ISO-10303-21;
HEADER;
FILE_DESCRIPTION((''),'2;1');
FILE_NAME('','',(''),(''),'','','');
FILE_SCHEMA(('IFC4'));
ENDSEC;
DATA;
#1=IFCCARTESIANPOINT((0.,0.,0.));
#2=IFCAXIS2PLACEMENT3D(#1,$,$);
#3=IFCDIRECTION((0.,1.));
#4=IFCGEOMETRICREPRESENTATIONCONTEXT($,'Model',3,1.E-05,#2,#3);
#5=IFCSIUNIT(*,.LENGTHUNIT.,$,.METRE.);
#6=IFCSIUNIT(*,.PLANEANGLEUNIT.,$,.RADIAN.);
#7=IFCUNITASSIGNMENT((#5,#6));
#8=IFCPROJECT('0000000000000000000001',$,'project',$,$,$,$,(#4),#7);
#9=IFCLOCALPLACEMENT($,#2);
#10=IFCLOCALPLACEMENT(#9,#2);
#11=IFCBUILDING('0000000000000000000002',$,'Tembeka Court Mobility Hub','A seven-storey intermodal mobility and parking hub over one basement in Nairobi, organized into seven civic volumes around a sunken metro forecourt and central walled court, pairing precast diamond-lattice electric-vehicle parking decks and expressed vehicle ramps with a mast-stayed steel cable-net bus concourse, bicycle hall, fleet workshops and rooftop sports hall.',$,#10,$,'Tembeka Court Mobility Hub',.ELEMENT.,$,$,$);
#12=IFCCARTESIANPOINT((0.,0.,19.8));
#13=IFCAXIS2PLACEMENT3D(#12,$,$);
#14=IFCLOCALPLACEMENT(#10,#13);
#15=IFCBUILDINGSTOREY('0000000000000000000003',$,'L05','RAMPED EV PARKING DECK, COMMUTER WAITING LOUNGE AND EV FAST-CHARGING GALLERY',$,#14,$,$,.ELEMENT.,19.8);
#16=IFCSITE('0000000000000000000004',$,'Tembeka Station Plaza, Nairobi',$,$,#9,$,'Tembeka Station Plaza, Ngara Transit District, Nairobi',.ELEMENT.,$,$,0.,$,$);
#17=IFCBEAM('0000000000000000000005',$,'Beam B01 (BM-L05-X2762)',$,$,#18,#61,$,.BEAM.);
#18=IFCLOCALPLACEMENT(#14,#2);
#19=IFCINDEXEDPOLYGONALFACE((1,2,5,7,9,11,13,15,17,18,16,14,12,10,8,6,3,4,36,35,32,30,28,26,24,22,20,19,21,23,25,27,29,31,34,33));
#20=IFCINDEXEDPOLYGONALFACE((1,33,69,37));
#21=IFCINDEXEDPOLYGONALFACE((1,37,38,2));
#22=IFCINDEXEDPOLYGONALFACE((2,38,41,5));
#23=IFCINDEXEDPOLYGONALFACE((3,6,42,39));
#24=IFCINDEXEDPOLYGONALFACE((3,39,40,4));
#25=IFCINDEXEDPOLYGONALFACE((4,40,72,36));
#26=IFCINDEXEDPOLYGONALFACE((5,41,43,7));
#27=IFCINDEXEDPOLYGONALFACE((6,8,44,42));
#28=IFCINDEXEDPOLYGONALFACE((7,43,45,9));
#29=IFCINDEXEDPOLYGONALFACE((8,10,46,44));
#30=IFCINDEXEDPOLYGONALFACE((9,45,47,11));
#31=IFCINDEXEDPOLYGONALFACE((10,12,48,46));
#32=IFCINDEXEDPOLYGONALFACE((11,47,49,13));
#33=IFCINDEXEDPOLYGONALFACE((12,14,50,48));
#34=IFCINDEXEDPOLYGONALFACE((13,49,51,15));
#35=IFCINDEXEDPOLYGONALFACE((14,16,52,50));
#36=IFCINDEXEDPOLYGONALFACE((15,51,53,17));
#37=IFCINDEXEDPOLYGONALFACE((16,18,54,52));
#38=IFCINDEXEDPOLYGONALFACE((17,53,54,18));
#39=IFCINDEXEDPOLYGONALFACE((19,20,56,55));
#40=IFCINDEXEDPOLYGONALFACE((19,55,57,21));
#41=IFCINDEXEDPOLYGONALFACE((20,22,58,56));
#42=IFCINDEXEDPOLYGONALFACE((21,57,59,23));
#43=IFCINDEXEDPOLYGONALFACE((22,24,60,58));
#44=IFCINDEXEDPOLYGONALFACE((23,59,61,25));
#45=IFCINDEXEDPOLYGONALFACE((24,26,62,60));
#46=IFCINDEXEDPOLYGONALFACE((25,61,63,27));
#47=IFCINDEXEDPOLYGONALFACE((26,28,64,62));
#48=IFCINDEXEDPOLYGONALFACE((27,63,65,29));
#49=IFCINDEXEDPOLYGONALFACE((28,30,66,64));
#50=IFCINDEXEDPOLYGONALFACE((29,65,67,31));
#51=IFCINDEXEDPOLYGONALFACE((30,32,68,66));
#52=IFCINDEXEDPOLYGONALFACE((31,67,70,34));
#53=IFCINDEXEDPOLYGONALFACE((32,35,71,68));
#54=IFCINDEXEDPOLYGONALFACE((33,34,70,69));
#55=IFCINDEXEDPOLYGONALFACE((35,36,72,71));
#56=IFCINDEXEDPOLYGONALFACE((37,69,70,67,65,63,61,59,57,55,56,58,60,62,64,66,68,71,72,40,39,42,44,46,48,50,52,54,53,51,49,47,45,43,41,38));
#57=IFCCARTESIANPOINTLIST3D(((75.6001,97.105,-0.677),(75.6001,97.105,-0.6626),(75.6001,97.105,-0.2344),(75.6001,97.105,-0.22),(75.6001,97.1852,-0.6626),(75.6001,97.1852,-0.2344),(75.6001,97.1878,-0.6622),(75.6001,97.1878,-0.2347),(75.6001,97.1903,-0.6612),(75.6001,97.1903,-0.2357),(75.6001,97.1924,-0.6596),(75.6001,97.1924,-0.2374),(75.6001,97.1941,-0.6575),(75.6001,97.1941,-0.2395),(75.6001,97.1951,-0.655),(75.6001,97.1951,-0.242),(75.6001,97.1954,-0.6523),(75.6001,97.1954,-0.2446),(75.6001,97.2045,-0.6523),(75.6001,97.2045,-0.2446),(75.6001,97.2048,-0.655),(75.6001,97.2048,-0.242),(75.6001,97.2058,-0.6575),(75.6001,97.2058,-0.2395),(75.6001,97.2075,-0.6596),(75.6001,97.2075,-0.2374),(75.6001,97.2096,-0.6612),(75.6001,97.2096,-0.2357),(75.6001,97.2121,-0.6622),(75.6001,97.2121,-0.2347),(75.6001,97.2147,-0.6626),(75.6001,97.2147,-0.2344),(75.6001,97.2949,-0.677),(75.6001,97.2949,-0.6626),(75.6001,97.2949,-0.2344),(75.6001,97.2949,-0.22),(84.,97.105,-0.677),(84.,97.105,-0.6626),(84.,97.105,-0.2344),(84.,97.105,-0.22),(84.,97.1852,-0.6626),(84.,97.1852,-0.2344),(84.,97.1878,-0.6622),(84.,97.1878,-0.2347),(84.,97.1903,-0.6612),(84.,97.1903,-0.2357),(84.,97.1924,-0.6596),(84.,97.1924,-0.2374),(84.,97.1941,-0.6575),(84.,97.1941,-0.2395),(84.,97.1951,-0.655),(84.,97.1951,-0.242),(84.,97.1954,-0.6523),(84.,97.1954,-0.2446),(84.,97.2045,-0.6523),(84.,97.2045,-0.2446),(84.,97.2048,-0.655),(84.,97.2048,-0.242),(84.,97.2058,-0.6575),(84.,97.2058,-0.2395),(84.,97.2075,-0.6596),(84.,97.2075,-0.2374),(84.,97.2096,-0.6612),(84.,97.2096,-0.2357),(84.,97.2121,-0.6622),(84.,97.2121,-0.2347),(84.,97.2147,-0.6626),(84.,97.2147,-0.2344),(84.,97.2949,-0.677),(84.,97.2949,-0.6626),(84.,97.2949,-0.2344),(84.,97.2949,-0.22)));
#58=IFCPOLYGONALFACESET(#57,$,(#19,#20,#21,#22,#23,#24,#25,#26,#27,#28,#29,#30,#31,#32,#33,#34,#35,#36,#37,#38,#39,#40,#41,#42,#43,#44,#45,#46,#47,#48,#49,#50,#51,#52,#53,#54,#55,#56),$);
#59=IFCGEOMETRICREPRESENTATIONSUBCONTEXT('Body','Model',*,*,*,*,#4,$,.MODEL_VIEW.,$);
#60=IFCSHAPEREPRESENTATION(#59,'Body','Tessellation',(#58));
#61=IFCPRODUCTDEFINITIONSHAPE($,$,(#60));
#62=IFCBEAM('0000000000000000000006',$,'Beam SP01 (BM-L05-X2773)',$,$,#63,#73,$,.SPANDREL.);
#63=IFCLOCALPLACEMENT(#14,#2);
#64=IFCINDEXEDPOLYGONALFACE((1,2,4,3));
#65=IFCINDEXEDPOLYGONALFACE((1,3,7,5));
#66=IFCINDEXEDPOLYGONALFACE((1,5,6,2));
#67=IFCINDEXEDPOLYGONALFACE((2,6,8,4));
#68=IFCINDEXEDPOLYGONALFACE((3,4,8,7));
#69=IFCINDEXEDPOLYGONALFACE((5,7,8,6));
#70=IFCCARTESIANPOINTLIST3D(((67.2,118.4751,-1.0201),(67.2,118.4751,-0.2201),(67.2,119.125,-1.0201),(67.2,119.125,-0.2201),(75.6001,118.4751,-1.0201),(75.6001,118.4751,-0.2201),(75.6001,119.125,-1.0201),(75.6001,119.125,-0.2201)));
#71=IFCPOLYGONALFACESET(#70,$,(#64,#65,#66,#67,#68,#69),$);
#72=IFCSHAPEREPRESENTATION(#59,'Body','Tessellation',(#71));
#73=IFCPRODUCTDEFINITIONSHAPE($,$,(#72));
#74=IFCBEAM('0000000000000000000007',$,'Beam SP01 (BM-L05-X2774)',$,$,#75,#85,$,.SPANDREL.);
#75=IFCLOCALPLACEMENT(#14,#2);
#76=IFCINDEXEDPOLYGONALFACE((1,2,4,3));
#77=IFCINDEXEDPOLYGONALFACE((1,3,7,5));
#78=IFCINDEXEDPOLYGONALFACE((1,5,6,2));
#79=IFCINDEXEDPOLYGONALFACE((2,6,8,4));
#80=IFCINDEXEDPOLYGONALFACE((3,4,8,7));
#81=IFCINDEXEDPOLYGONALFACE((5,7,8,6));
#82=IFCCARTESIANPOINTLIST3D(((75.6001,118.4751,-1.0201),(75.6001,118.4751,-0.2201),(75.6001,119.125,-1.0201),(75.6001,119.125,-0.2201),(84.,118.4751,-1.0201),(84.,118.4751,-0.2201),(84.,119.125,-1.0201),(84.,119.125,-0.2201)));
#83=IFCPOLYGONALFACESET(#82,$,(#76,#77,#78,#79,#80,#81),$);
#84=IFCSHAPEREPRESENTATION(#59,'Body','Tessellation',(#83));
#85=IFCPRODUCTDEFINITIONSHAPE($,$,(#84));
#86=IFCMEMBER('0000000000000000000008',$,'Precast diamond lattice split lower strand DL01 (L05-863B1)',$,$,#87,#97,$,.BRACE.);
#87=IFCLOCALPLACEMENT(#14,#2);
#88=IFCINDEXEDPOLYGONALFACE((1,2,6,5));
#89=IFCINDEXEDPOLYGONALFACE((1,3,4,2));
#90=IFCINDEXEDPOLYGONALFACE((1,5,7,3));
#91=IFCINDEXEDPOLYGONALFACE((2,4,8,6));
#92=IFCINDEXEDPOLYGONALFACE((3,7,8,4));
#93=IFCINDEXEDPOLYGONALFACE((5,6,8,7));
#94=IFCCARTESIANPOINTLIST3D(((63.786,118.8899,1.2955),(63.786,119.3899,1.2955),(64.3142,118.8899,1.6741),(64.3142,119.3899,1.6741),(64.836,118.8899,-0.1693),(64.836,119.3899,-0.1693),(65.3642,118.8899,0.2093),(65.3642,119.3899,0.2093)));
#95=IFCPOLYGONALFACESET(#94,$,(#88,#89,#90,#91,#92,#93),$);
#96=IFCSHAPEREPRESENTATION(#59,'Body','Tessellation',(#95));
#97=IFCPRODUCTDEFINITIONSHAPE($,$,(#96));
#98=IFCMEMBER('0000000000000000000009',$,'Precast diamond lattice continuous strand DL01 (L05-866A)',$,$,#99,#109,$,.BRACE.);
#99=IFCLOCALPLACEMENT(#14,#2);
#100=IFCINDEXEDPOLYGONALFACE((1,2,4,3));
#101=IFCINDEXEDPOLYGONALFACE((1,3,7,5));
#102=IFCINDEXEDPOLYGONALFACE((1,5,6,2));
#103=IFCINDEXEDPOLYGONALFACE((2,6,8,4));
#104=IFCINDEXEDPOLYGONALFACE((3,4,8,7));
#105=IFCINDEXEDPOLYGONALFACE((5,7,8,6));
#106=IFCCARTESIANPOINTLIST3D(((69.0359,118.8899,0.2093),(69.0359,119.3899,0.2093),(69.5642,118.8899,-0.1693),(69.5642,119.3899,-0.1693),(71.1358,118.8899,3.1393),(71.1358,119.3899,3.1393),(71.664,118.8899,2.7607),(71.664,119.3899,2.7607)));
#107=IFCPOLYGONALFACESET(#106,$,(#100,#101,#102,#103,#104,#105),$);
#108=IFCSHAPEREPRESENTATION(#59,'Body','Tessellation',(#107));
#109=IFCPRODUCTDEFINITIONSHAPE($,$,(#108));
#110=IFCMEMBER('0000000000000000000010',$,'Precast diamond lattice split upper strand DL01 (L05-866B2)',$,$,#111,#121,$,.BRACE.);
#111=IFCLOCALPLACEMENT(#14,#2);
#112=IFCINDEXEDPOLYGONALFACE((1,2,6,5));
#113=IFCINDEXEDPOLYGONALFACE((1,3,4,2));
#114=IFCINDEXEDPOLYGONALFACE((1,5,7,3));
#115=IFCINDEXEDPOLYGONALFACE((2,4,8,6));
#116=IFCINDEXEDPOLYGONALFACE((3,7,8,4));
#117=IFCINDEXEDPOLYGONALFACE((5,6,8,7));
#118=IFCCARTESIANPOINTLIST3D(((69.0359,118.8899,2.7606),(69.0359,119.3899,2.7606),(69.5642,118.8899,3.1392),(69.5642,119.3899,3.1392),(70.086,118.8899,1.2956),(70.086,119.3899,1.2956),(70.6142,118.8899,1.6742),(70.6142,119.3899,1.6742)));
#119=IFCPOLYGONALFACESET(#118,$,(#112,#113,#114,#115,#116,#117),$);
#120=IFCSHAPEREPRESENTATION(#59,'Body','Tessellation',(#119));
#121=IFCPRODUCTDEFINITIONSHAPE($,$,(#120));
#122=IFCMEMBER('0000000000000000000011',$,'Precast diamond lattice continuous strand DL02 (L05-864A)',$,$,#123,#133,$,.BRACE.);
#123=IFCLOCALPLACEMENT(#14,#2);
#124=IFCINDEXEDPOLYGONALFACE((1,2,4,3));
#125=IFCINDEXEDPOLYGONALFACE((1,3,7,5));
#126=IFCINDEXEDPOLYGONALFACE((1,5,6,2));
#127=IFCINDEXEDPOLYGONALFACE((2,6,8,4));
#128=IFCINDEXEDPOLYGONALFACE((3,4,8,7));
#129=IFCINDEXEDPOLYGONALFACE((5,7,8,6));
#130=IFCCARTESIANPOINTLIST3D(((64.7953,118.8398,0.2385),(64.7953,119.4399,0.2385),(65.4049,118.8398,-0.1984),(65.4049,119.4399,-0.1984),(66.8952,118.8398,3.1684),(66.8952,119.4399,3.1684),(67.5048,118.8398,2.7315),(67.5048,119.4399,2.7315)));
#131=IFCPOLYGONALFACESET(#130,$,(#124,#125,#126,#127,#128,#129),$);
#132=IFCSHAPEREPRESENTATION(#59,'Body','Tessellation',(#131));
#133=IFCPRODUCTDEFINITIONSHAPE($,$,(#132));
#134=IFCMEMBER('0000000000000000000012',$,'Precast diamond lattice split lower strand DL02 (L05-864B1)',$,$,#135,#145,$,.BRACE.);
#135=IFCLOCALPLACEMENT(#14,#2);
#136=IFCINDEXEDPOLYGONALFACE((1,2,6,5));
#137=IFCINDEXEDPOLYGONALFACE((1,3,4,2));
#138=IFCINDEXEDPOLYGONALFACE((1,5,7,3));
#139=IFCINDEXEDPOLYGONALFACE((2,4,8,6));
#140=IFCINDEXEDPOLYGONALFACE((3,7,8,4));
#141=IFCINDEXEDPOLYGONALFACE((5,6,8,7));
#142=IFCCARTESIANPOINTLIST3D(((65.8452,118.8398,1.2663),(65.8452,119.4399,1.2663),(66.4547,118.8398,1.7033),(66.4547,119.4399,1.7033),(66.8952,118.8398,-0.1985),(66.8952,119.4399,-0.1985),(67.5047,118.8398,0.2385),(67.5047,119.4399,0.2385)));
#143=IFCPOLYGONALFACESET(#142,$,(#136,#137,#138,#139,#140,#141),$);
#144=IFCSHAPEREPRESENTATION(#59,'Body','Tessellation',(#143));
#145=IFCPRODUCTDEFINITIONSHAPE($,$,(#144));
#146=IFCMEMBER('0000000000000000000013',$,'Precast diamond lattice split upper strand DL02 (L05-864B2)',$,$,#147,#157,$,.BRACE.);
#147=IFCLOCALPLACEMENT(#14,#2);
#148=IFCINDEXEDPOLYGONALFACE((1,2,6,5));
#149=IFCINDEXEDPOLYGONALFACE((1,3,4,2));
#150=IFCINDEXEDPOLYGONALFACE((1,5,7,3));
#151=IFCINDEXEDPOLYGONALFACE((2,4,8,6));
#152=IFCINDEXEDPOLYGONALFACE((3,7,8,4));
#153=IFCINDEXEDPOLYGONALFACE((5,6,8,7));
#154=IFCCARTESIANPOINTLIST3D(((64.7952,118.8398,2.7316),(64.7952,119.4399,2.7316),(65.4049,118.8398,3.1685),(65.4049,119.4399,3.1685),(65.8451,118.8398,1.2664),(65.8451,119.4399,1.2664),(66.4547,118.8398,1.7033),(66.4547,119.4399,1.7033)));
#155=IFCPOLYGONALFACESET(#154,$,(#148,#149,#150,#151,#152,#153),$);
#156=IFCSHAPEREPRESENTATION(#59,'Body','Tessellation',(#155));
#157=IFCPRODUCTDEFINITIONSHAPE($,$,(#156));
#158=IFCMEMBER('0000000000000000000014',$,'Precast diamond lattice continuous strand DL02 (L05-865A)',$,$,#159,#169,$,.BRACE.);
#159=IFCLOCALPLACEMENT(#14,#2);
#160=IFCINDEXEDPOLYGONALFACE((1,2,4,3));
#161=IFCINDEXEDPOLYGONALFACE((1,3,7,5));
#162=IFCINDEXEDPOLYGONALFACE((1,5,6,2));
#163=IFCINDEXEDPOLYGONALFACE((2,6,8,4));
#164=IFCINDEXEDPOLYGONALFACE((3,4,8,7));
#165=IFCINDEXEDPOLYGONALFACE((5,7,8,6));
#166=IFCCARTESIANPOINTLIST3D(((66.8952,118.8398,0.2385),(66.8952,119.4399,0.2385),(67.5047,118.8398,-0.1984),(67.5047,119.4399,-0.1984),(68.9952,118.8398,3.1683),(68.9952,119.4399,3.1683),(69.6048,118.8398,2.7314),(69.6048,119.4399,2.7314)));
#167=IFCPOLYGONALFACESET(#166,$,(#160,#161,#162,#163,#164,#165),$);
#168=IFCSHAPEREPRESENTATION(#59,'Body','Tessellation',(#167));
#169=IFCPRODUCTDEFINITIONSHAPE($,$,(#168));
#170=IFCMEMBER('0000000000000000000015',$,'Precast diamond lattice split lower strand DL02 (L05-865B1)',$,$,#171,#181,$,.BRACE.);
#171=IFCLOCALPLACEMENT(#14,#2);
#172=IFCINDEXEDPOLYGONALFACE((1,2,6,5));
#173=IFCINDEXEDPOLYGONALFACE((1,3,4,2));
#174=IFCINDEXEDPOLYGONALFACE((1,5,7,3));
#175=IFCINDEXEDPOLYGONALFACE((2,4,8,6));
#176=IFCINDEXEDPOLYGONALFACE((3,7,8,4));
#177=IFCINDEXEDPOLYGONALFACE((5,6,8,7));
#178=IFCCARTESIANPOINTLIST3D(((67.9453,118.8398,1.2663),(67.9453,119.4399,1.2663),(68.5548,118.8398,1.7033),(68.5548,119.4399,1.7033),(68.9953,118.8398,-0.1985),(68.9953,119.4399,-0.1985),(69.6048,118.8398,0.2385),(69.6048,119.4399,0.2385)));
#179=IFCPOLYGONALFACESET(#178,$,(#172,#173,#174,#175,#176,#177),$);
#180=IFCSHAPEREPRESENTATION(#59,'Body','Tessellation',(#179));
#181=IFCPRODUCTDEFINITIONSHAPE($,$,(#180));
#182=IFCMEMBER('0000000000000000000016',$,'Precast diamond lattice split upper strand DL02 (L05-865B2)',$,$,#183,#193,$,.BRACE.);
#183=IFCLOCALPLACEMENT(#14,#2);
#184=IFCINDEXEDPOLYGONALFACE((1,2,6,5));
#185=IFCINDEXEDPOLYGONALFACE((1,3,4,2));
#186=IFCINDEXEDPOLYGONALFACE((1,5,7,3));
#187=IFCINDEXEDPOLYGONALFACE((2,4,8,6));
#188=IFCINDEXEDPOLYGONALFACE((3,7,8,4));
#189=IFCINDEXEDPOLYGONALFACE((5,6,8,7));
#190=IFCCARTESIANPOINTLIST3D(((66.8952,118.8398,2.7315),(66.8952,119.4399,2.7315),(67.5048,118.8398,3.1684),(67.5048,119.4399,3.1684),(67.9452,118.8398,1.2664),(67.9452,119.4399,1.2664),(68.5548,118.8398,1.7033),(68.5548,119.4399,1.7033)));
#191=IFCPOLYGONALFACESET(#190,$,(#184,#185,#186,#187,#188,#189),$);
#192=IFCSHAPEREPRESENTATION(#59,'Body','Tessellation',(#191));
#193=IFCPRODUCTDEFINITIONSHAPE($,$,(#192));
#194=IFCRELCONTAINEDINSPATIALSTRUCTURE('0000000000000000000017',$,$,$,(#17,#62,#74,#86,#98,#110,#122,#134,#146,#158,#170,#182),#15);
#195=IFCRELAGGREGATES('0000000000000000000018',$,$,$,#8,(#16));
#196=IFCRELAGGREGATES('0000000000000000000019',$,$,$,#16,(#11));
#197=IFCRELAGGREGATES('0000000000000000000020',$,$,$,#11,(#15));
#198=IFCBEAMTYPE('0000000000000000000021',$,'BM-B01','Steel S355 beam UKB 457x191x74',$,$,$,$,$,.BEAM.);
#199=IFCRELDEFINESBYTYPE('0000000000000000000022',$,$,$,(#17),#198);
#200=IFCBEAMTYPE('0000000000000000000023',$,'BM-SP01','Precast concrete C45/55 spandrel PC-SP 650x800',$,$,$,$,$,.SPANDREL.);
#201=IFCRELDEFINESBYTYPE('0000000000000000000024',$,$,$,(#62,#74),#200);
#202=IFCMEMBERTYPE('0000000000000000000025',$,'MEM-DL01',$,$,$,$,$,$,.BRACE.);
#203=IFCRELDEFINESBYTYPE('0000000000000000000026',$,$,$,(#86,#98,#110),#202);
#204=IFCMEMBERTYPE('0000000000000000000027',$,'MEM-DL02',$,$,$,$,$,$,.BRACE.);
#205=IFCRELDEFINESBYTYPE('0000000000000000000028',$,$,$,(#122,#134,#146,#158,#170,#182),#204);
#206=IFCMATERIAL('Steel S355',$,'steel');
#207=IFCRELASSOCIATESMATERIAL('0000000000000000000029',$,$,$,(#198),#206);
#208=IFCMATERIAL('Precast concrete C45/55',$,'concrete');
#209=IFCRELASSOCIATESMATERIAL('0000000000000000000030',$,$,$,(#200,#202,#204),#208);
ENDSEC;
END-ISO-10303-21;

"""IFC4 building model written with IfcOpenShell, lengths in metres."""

from ifc_helpers import new_model, si_unit, direction, frame, origin, origin_2d, place, context, subcontext, project, spatial, rectangle, i_section, extrude, material, material_profile, profile_set, type_object, element, save


model = new_model("IFC4")

# Units and contexts
model_context = context("Model", 3, precision=1e-05, world=origin(), true_north=direction((0.0, 1.0)))
body_context = subcontext(model_context, "Body", "Model", "MODEL_VIEW")
ifc_project = project(units=[si_unit("LENGTHUNIT", "METRE"), si_unit("PLANEANGLEUNIT", "RADIAN")], contexts=[model_context])

# Site, building, storey
site_placement = place(None, origin())
site = spatial("IfcSite", under=ifc_project, at=site_placement, Name="Tembeka Station Plaza, Nairobi", LongName="Tembeka Station Plaza, Ngara Transit District, Nairobi", CompositionType="ELEMENT", RefElevation=0.0)
building_placement = place(site_placement, origin())
building = spatial("IfcBuilding", under=site, at=building_placement, Name="Tembeka Court Mobility Hub", Description="A seven-storey intermodal mobility and parking hub over one basement in Nairobi, organized into seven civic volumes around a sunken metro forecourt and central walled court, pairing precast diamond-lattice electric-vehicle parking decks and expressed vehicle ramps with a mast-stayed steel cable-net bus concourse, bicycle hall, fleet workshops and rooftop sports hall.", LongName="Tembeka Court Mobility Hub", CompositionType="ELEMENT")
storey_placement = place(building_placement, frame((0.0, 0.0, 19.8)))
storey = spatial("IfcBuildingStorey", under=building, at=storey_placement, Name="L05", Description="RAMPED EV PARKING DECK, COMMUTER WAITING LOUNGE AND EV FAST-CHARGING GALLERY", CompositionType="ELEMENT", Elevation=19.8)

# Shared definitions
ifc_material_1 = material(Name="Steel S355", Category="steel")

# Beams
ifc_material_profile_1 = material_profile(ifc_material_1, i_section(OverallWidth=0.1899, OverallDepth=0.457, WebThickness=0.009, FlangeThickness=0.0144, FilletRadius=0.0103, at=origin_2d()), Name="UKB 457x191x74")
ifc_profile_set_1 = profile_set([ifc_material_profile_1], Name="Steel S355")
beam_type_1 = type_object("IfcBeamType", Name="BM-B01", Description="Steel S355 beam UKB 457x191x74", PredefinedType="BEAM", material=ifc_profile_set_1)
beam_1_placement = place(storey_placement, frame((75.6001, 97.2, -0.4485), z_axis=(1.0, 0.0, 0.0), x_axis=(0.0, 1.0, 0.0)))
element("IfcBeam", 1, at=beam_1_placement, inside=storey, type_object=beam_type_1, Name="Beam B01 (BM-L05-X2762)", PredefinedType="BEAM", context=body_context, shape_type="SweptSolid", body=[
    extrude(i_section(OverallWidth=0.1899, OverallDepth=0.457, WebThickness=0.009, FlangeThickness=0.0144, FilletRadius=0.0103, at=origin_2d()), origin(), (0.0, 0.0, 1.0), 8.3999),
])
ifc_material_2 = material(Name="Precast concrete C45/55", Category="concrete")
ifc_material_profile_2 = material_profile(ifc_material_2, rectangle(XDim=0.6499, YDim=0.8, at=origin_2d()), Name="PC-SP 650x800")
ifc_profile_set_2 = profile_set([ifc_material_profile_2], Name="Precast concrete C45/55")
beam_type_2 = type_object("IfcBeamType", Name="BM-SP01", Description="Precast concrete C45/55 spandrel PC-SP 650x800", PredefinedType="SPANDREL", material=ifc_profile_set_2)
beam_2_placement = place(storey_placement, frame((67.2, 118.8, -0.6201), z_axis=(1.0, 0.0, 0.0), x_axis=(0.0, 1.0, 0.0)))
element("IfcBeam", 2, at=beam_2_placement, inside=storey, type_object=beam_type_2, Name="Beam SP01 (BM-L05-X2773)", PredefinedType="SPANDREL", context=body_context, shape_type="SweptSolid", body=[
    extrude(rectangle(XDim=0.6499, YDim=0.8, at=origin_2d()), origin(), (0.0, 0.0, 1.0), 8.4001),
])
beam_3_placement = place(storey_placement, frame((75.6001, 118.8, -0.6201), z_axis=(1.0, 0.0, 0.0), x_axis=(0.0, 1.0, 0.0)))
element("IfcBeam", 3, at=beam_3_placement, inside=storey, type_object=beam_type_2, Name="Beam SP01 (BM-L05-X2774)", PredefinedType="SPANDREL", context=body_context, shape_type="SweptSolid", body=[
    extrude(rectangle(XDim=0.6499, YDim=0.8, at=origin_2d()), origin(), (0.0, 0.0, 1.0), 8.3999),
])

# Members
ifc_material_profile_3 = material_profile(ifc_material_2, rectangle(XDim=0.5, YDim=0.6499, at=origin_2d()), Name="PC-DIAG 500x650")
ifc_profile_set_3 = profile_set([ifc_material_profile_3], Name="Precast concrete C45/55")
member_type_1 = type_object("IfcMemberType", Name="MEM-DL01", PredefinedType="BRACE", material=ifc_profile_set_3)
member_1_placement = place(storey_placement, frame((65.1001, 119.1399, 0.02), z_axis=(-0.582608, 0.0, 0.812753), x_axis=(0.0, -1.0, 0.0)))
element("IfcMember", 4, at=member_1_placement, inside=storey, type_object=member_type_1, Name="Precast diamond lattice split lower strand DL01 (L05-863B1)", PredefinedType="BRACE", context=body_context, shape_type="SweptSolid", body=[
    extrude(rectangle(XDim=0.5, YDim=0.6499, at=origin_2d()), origin(), (0.0, 0.0, 1.0), 1.8022),
])
member_2_placement = place(storey_placement, frame((69.3, 119.1399, 0.02), z_axis=(0.582532, 0.0, 0.812808), x_axis=(0.0, 1.0, 0.0)))
element("IfcMember", 5, at=member_2_placement, inside=storey, type_object=member_type_1, Name="Precast diamond lattice continuous strand DL01 (L05-866A)", PredefinedType="BRACE", context=body_context, shape_type="SweptSolid", body=[
    extrude(rectangle(XDim=0.5, YDim=0.6499, at=origin_2d()), origin(), (0.0, 0.0, 1.0), 3.6047),
])
member_3_placement = place(storey_placement, frame((70.3501, 119.1399, 1.4849), z_axis=(-0.582544, 0.0, 0.812799), x_axis=(0.0, -1.0, 0.0)))
element("IfcMember", 6, at=member_3_placement, inside=storey, type_object=member_type_1, Name="Precast diamond lattice split upper strand DL01 (L05-866B2)", PredefinedType="BRACE", context=body_context, shape_type="SweptSolid", body=[
    extrude(rectangle(XDim=0.5, YDim=0.6499, at=origin_2d()), origin(), (0.0, 0.0, 1.0), 1.8025),
])
ifc_material_profile_4 = material_profile(ifc_material_2, rectangle(XDim=0.6001, YDim=0.75, at=origin_2d()), Name="PC-DIAG 600x750")
ifc_profile_set_4 = profile_set([ifc_material_profile_4], Name="Precast concrete C45/55")
member_type_2 = type_object("IfcMemberType", Name="MEM-DL02", PredefinedType="BRACE", material=ifc_profile_set_4)
member_4_placement = place(storey_placement, frame((65.1001, 119.1399, 0.02), z_axis=(0.582532, 0.0, 0.812808), x_axis=(0.0, 1.0, 0.0)))
element("IfcMember", 7, at=member_4_placement, inside=storey, type_object=member_type_2, Name="Precast diamond lattice continuous strand DL02 (L05-864A)", PredefinedType="BRACE", context=body_context, shape_type="SweptSolid", body=[
    extrude(rectangle(XDim=0.6001, YDim=0.75, at=origin_2d()), origin(), (0.0, 0.0, 1.0), 3.6047),
])
member_5_placement = place(storey_placement, frame((67.2, 119.1399, 0.02), z_axis=(-0.582608, 0.0, 0.812753), x_axis=(0.0, -1.0, 0.0)))
element("IfcMember", 8, at=member_5_placement, inside=storey, type_object=member_type_2, Name="Precast diamond lattice split lower strand DL02 (L05-864B1)", PredefinedType="BRACE", context=body_context, shape_type="SweptSolid", body=[
    extrude(rectangle(XDim=0.6001, YDim=0.75, at=origin_2d()), origin(), (0.0, 0.0, 1.0), 1.8022),
])
member_6_placement = place(storey_placement, frame((66.1499, 119.1399, 1.4849), z_axis=(-0.582455, 0.0, 0.812863), x_axis=(0.0, -1.0, 0.0)))
element("IfcMember", 9, at=member_6_placement, inside=storey, type_object=member_type_2, Name="Precast diamond lattice split upper strand DL02 (L05-864B2)", PredefinedType="BRACE", context=body_context, shape_type="SweptSolid", body=[
    extrude(rectangle(XDim=0.6001, YDim=0.75, at=origin_2d()), origin(), (0.0, 0.0, 1.0), 1.8025),
])
member_7_placement = place(storey_placement, frame((67.2, 119.1399, 0.02), z_axis=(0.582576, 0.0, 0.812776), x_axis=(0.0, 1.0, 0.0)))
element("IfcMember", 10, at=member_7_placement, inside=storey, type_object=member_type_2, Name="Precast diamond lattice continuous strand DL02 (L05-865A)", PredefinedType="BRACE", context=body_context, shape_type="SweptSolid", body=[
    extrude(rectangle(XDim=0.6001, YDim=0.75, at=origin_2d()), origin(), (0.0, 0.0, 1.0), 3.6047),
])
member_8_placement = place(storey_placement, frame((69.3, 119.1399, 0.02), z_axis=(-0.582608, 0.0, 0.812753), x_axis=(0.0, -1.0, 0.0)))
element("IfcMember", 11, at=member_8_placement, inside=storey, type_object=member_type_2, Name="Precast diamond lattice split lower strand DL02 (L05-865B1)", PredefinedType="BRACE", context=body_context, shape_type="SweptSolid", body=[
    extrude(rectangle(XDim=0.6001, YDim=0.75, at=origin_2d()), origin(), (0.0, 0.0, 1.0), 1.8022),
])
member_9_placement = place(storey_placement, frame((68.25, 119.1399, 1.4849), z_axis=(-0.582544, 0.0, 0.812799), x_axis=(0.0, -1.0, 0.0)))
element("IfcMember", 12, at=member_9_placement, inside=storey, type_object=member_type_2, Name="Precast diamond lattice split upper strand DL02 (L05-865B2)", PredefinedType="BRACE", context=body_context, shape_type="SweptSolid", body=[
    extrude(rectangle(XDim=0.6001, YDim=0.75, at=origin_2d()), origin(), (0.0, 0.0, 1.0), 1.8025),
])

save(model, "model.ifc")
